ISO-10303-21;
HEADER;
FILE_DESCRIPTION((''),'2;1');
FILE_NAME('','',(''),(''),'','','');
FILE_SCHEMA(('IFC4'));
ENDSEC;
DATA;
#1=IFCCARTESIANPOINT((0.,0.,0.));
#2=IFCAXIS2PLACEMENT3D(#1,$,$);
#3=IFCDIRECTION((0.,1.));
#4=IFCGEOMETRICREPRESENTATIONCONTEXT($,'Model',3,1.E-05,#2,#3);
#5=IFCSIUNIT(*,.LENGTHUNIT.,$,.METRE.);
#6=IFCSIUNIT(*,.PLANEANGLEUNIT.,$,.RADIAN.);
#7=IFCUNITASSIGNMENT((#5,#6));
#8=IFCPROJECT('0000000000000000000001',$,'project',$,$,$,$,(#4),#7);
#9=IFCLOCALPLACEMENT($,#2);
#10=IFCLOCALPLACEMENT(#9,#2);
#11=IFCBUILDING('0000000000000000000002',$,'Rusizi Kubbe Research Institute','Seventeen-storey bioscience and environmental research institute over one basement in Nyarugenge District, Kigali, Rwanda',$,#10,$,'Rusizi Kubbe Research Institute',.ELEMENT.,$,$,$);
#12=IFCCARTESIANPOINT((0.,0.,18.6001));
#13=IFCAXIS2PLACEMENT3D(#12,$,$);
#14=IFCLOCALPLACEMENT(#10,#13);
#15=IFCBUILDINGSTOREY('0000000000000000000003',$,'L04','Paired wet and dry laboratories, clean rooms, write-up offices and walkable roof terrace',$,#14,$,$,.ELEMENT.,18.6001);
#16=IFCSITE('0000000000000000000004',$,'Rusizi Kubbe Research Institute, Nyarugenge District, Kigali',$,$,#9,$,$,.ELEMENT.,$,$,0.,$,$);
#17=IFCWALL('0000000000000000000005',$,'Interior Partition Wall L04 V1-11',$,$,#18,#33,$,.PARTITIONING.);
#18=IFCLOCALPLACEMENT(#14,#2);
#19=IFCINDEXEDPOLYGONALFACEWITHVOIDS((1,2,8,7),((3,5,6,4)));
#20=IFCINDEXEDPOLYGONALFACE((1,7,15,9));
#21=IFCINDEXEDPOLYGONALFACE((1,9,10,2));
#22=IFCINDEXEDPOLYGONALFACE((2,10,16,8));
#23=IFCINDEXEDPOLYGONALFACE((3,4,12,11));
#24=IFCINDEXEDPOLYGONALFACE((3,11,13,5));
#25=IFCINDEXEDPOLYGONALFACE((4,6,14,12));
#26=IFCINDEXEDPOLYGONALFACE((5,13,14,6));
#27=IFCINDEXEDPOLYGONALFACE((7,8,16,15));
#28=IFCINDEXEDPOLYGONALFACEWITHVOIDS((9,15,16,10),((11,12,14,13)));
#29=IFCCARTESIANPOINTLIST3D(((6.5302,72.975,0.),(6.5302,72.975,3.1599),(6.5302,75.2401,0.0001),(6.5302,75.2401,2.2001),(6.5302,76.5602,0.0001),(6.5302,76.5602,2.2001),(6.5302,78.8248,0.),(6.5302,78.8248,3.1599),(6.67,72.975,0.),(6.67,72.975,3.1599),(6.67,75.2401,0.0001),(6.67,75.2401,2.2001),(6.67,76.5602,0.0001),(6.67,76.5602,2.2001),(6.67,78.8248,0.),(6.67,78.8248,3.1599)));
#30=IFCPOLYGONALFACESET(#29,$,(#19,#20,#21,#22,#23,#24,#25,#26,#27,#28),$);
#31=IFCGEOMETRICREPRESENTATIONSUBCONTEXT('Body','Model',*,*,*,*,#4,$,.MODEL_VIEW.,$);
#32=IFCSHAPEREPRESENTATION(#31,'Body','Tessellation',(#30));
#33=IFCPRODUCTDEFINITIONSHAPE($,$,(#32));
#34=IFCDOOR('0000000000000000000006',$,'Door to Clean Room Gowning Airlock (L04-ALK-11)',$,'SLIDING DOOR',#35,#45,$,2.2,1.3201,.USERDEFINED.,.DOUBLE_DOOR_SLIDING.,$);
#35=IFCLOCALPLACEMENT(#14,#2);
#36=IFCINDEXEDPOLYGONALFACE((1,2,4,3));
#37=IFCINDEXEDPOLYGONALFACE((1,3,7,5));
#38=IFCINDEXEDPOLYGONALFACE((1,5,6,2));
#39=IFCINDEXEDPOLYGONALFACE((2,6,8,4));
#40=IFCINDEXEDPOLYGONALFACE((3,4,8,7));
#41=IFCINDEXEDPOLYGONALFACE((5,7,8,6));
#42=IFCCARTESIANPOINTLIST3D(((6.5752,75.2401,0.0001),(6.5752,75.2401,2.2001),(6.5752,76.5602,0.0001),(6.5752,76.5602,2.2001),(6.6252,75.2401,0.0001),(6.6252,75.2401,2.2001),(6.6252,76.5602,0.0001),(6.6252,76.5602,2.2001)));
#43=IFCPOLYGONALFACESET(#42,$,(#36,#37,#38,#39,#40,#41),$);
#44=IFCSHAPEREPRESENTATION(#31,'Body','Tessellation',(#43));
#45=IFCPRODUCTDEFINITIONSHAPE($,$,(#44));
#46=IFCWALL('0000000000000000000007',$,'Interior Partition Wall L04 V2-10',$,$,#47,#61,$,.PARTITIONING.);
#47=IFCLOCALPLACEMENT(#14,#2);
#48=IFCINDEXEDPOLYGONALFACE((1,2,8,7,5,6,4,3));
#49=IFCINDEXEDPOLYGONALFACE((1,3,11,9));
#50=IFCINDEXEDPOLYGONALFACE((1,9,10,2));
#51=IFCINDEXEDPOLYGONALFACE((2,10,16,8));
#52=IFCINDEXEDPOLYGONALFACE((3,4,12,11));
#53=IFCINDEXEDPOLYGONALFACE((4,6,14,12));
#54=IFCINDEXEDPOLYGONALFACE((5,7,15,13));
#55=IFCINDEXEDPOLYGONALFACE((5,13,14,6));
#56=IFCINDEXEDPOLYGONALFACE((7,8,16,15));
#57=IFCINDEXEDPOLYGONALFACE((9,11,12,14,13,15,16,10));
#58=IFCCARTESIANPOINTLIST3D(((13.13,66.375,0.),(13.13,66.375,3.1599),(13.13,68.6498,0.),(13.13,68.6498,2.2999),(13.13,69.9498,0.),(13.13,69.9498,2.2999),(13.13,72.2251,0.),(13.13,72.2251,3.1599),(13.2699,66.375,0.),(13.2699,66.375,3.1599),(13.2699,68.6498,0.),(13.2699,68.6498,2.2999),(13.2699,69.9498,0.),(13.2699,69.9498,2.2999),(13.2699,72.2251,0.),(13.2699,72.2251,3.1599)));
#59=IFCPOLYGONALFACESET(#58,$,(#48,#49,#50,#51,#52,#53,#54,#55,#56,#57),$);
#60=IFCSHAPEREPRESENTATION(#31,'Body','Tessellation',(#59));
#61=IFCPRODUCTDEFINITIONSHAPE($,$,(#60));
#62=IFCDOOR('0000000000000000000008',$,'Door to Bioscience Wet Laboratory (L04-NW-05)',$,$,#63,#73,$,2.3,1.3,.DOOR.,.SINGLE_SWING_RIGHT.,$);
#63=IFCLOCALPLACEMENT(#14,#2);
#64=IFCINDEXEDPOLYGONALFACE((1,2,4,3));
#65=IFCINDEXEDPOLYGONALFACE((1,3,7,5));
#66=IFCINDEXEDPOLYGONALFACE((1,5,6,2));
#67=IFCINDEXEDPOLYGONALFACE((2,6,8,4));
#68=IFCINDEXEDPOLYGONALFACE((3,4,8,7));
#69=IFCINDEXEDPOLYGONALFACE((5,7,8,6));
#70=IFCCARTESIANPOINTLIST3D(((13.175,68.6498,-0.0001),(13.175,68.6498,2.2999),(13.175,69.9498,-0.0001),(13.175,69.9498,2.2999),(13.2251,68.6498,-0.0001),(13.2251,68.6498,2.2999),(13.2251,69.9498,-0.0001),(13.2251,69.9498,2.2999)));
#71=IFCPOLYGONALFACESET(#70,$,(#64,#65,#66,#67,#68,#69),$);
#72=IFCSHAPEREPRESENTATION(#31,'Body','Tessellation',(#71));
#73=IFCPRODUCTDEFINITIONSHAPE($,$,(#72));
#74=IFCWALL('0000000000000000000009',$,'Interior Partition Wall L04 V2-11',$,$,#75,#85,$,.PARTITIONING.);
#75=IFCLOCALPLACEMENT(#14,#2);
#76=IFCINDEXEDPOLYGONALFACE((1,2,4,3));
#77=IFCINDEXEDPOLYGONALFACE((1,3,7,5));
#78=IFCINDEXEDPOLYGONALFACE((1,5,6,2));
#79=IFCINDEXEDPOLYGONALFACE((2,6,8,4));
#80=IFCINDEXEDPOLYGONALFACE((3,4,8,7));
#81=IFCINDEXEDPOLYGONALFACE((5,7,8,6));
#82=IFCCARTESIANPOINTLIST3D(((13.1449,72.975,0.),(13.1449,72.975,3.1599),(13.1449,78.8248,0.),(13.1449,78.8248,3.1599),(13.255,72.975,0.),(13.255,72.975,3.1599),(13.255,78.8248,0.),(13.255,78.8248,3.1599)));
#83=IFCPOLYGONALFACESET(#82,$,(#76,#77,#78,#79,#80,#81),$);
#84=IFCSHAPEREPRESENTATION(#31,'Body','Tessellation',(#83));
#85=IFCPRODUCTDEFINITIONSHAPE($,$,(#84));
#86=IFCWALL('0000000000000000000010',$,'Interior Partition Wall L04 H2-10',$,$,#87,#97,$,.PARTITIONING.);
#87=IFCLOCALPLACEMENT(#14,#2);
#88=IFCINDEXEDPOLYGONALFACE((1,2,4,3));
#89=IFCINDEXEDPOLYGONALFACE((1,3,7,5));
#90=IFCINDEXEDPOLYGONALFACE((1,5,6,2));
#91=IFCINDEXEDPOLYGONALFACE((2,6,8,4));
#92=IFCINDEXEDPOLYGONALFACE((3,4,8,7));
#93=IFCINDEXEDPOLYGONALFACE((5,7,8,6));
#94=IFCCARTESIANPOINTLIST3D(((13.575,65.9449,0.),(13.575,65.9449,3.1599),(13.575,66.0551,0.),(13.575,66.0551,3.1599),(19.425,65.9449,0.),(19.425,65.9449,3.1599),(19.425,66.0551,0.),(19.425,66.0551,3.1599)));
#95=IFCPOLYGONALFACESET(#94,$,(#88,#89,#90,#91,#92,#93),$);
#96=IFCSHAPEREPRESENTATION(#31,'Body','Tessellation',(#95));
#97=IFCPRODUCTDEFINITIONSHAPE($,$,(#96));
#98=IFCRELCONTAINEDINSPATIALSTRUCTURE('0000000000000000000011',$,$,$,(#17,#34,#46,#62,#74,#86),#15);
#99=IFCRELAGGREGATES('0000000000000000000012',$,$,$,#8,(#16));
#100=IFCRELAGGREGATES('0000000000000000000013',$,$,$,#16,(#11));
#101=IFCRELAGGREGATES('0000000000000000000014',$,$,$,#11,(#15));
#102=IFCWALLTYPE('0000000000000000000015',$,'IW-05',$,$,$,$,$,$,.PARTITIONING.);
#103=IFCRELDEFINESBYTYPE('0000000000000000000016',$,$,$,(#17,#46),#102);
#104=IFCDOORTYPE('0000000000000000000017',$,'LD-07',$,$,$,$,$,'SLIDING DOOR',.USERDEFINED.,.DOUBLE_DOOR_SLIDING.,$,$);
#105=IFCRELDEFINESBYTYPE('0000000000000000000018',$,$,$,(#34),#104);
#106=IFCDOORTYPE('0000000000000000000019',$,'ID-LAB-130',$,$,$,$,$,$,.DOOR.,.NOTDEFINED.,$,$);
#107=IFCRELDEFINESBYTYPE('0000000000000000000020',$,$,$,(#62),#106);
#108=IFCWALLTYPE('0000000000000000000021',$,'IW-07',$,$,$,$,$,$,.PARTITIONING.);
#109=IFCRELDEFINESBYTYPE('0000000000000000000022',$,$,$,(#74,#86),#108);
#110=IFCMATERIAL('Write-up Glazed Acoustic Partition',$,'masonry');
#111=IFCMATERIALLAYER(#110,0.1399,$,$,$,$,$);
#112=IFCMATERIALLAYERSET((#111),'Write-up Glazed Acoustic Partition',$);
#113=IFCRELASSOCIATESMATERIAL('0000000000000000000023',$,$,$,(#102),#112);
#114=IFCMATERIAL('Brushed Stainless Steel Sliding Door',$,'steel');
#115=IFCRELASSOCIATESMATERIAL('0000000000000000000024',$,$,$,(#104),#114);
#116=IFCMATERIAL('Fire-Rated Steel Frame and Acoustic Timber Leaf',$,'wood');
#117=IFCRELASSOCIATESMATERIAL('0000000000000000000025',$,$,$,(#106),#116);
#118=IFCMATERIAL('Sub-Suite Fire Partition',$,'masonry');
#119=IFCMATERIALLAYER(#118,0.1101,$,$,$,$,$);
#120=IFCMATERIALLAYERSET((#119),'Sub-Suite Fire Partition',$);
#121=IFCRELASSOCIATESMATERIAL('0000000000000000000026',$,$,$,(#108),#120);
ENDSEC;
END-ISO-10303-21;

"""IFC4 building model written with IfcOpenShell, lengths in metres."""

from ifc_helpers import new_model, si_unit, direction, frame, frame_2d, origin, place, context, subcontext, project, spatial, rectangle, extrude, material, layer, layer_set, type_object, element, fill, save


model = new_model("IFC4")

# Units and contexts
model_context = context("Model", 3, precision=1e-05, world=origin(), true_north=direction((0.0, 1.0)))
body_context = subcontext(model_context, "Body", "Model", "MODEL_VIEW")
ifc_project = project(units=[si_unit("LENGTHUNIT", "METRE"), si_unit("PLANEANGLEUNIT", "RADIAN")], contexts=[model_context])

# Site, building, storey
site_placement = place(None, origin())
site = spatial("IfcSite", under=ifc_project, at=site_placement, Name="Rusizi Kubbe Research Institute, Nyarugenge District, Kigali", CompositionType="ELEMENT", RefElevation=0.0)
building_placement = place(site_placement, origin())
building = spatial("IfcBuilding", under=site, at=building_placement, Name="Rusizi Kubbe Research Institute", Description="Seventeen-storey bioscience and environmental research institute over one basement in Nyarugenge District, Kigali, Rwanda", LongName="Rusizi Kubbe Research Institute", CompositionType="ELEMENT")
storey_placement = place(building_placement, frame((0.0, 0.0, 18.6001)))
storey = spatial("IfcBuildingStorey", under=building, at=storey_placement, Name="L04", Description="Paired wet and dry laboratories, clean rooms, write-up offices and walkable roof terrace", CompositionType="ELEMENT", Elevation=18.6001)

# Walls, openings, doors
ifc_material_1 = material(Name="Write-up Glazed Acoustic Partition", Category="masonry")
ifc_layer_1 = layer(ifc_material_1, 0.1399)
ifc_layer_set_1 = layer_set([ifc_layer_1], Name="Write-up Glazed Acoustic Partition")
wall_type_1 = type_object("IfcWallType", Name="IW-05", PredefinedType="PARTITIONING", material=ifc_layer_set_1)
wall_1_placement = place(storey_placement, frame((6.6001, 72.9751, 0.0), z_axis=(0.0, 0.0, 1.0), x_axis=(0.0, 1.0, 0.0)))
wall_1 = element("IfcWall", 1, at=wall_1_placement, inside=storey, type_object=wall_type_1, Name="Interior Partition Wall L04 V1-11", PredefinedType="PARTITIONING", context=body_context, shape_type="SweptSolid", body=[
    extrude(rectangle(XDim=5.8499, YDim=0.1399, at=frame_2d((2.9248, 0.0))), origin(), (0.0, 0.0, 1.0), 3.1599),
])
opening_1_placement = place(wall_1_placement, frame((2.2649, 0.0, 0.0)))
opening_1 = element("IfcOpeningElement", 2, at=opening_1_placement, cuts=wall_1, PredefinedType="OPENING", context=body_context, shape_type="SweptSolid", body=[
    extrude(rectangle(XDim=1.3201, YDim=2.2, at=frame_2d((0.6602, 1.1001))), frame((0.0, 0.0798, 0.0), z_axis=(0.0, -1.0, 0.0), x_axis=(1.0, 0.0, 0.0)), (0.0, 0.0, 1.0), 0.1599),
])
ifc_material_2 = material(Name="Brushed Stainless Steel Sliding Door", Category="steel")
door_type_1 = type_object("IfcDoorType", Name="LD-07", ElementType="SLIDING DOOR", OperationType="DOUBLE_DOOR_SLIDING", PredefinedType="USERDEFINED", material=ifc_material_2)
door_1_placement = place(opening_1_placement, origin())
door_1 = element("IfcDoor", 3, at=door_1_placement, inside=storey, type_object=door_type_1, Name="Door to Clean Room Gowning Airlock (L04-ALK-11)", ObjectType="SLIDING DOOR", OperationType="DOUBLE_DOOR_SLIDING", OverallHeight=2.2, OverallWidth=1.3201, PredefinedType="USERDEFINED", context=body_context, shape_type="SweptSolid", body=[
    extrude(rectangle(XDim=1.3201, YDim=2.2, at=frame_2d((0.6602, 1.1001))), frame((0.0, 0.0249, 0.0), z_axis=(0.0, -1.0, 0.0), x_axis=(1.0, 0.0, 0.0)), (0.0, 0.0, 1.0), 0.05),
])
fill(opening_1, door_1)
wall_2_placement = place(storey_placement, frame((13.2, 66.375, 0.0), z_axis=(0.0, 0.0, 1.0), x_axis=(0.0, 1.0, 0.0)))
wall_2 = element("IfcWall", 4, at=wall_2_placement, inside=storey, type_object=wall_type_1, Name="Interior Partition Wall L04 V2-10", PredefinedType="PARTITIONING", context=body_context, shape_type="SweptSolid", body=[
    extrude(rectangle(XDim=5.8501, YDim=0.1399, at=frame_2d((2.925, 0.0))), origin(), (0.0, 0.0, 1.0), 3.1599),
])
opening_2_placement = place(wall_2_placement, frame((2.2749, 0.0, 0.0)))
opening_2 = element("IfcOpeningElement", 5, at=opening_2_placement, cuts=wall_2, PredefinedType="OPENING", context=body_context, shape_type="SweptSolid", body=[
    extrude(rectangle(XDim=1.3, YDim=2.3, at=frame_2d((0.6499, 1.1499))), frame((0.0, 0.0798, 0.0), z_axis=(0.0, -1.0, 0.0), x_axis=(1.0, 0.0, 0.0)), (0.0, 0.0, 1.0), 0.1599),
])
ifc_material_3 = material(Name="Fire-Rated Steel Frame and Acoustic Timber Leaf", Category="wood")
door_type_2 = type_object("IfcDoorType", Name="ID-LAB-130", OperationType="NOTDEFINED", PredefinedType="DOOR", material=ifc_material_3)
door_2_placement = place(opening_2_placement, origin())
door_2 = element("IfcDoor", 6, at=door_2_placement, inside=storey, type_object=door_type_2, Name="Door to Bioscience Wet Laboratory (L04-NW-05)", OperationType="SINGLE_SWING_RIGHT", OverallHeight=2.3, OverallWidth=1.3, PredefinedType="DOOR", context=body_context, shape_type="SweptSolid", body=[
    extrude(rectangle(XDim=1.3, YDim=2.3, at=frame_2d((0.6499, 1.1499))), frame((0.0, 0.0249, 0.0), z_axis=(0.0, -1.0, 0.0), x_axis=(1.0, 0.0, 0.0)), (0.0, 0.0, 1.0), 0.05),
])
fill(opening_2, door_2)

# Walls
ifc_material_4 = material(Name="Sub-Suite Fire Partition", Category="masonry")
ifc_layer_2 = layer(ifc_material_4, 0.1101)
ifc_layer_set_2 = layer_set([ifc_layer_2], Name="Sub-Suite Fire Partition")
wall_type_2 = type_object("IfcWallType", Name="IW-07", PredefinedType="PARTITIONING", material=ifc_layer_set_2)
wall_3_placement = place(storey_placement, frame((13.2, 72.9751, 0.0), z_axis=(0.0, 0.0, 1.0), x_axis=(0.0, 1.0, 0.0)))
element("IfcWall", 7, at=wall_3_placement, inside=storey, type_object=wall_type_2, Name="Interior Partition Wall L04 V2-11", PredefinedType="PARTITIONING", context=body_context, shape_type="SweptSolid", body=[
    extrude(rectangle(XDim=5.8499, YDim=0.1101, at=frame_2d((2.9248, 0.0))), origin(), (0.0, 0.0, 1.0), 3.1599),
])
wall_4_placement = place(storey_placement, frame((13.575, 66.0, 0.0), z_axis=(0.0, 0.0, 1.0), x_axis=(1.0, 0.0, 0.0)))
element("IfcWall", 8, at=wall_4_placement, inside=storey, type_object=wall_type_2, Name="Interior Partition Wall L04 H2-10", PredefinedType="PARTITIONING", context=body_context, shape_type="SweptSolid", body=[
    extrude(rectangle(XDim=5.8501, YDim=0.1101, at=frame_2d((2.925, 0.0))), origin(), (0.0, 0.0, 1.0), 3.1599),
])

save(model, "model.ifc")
